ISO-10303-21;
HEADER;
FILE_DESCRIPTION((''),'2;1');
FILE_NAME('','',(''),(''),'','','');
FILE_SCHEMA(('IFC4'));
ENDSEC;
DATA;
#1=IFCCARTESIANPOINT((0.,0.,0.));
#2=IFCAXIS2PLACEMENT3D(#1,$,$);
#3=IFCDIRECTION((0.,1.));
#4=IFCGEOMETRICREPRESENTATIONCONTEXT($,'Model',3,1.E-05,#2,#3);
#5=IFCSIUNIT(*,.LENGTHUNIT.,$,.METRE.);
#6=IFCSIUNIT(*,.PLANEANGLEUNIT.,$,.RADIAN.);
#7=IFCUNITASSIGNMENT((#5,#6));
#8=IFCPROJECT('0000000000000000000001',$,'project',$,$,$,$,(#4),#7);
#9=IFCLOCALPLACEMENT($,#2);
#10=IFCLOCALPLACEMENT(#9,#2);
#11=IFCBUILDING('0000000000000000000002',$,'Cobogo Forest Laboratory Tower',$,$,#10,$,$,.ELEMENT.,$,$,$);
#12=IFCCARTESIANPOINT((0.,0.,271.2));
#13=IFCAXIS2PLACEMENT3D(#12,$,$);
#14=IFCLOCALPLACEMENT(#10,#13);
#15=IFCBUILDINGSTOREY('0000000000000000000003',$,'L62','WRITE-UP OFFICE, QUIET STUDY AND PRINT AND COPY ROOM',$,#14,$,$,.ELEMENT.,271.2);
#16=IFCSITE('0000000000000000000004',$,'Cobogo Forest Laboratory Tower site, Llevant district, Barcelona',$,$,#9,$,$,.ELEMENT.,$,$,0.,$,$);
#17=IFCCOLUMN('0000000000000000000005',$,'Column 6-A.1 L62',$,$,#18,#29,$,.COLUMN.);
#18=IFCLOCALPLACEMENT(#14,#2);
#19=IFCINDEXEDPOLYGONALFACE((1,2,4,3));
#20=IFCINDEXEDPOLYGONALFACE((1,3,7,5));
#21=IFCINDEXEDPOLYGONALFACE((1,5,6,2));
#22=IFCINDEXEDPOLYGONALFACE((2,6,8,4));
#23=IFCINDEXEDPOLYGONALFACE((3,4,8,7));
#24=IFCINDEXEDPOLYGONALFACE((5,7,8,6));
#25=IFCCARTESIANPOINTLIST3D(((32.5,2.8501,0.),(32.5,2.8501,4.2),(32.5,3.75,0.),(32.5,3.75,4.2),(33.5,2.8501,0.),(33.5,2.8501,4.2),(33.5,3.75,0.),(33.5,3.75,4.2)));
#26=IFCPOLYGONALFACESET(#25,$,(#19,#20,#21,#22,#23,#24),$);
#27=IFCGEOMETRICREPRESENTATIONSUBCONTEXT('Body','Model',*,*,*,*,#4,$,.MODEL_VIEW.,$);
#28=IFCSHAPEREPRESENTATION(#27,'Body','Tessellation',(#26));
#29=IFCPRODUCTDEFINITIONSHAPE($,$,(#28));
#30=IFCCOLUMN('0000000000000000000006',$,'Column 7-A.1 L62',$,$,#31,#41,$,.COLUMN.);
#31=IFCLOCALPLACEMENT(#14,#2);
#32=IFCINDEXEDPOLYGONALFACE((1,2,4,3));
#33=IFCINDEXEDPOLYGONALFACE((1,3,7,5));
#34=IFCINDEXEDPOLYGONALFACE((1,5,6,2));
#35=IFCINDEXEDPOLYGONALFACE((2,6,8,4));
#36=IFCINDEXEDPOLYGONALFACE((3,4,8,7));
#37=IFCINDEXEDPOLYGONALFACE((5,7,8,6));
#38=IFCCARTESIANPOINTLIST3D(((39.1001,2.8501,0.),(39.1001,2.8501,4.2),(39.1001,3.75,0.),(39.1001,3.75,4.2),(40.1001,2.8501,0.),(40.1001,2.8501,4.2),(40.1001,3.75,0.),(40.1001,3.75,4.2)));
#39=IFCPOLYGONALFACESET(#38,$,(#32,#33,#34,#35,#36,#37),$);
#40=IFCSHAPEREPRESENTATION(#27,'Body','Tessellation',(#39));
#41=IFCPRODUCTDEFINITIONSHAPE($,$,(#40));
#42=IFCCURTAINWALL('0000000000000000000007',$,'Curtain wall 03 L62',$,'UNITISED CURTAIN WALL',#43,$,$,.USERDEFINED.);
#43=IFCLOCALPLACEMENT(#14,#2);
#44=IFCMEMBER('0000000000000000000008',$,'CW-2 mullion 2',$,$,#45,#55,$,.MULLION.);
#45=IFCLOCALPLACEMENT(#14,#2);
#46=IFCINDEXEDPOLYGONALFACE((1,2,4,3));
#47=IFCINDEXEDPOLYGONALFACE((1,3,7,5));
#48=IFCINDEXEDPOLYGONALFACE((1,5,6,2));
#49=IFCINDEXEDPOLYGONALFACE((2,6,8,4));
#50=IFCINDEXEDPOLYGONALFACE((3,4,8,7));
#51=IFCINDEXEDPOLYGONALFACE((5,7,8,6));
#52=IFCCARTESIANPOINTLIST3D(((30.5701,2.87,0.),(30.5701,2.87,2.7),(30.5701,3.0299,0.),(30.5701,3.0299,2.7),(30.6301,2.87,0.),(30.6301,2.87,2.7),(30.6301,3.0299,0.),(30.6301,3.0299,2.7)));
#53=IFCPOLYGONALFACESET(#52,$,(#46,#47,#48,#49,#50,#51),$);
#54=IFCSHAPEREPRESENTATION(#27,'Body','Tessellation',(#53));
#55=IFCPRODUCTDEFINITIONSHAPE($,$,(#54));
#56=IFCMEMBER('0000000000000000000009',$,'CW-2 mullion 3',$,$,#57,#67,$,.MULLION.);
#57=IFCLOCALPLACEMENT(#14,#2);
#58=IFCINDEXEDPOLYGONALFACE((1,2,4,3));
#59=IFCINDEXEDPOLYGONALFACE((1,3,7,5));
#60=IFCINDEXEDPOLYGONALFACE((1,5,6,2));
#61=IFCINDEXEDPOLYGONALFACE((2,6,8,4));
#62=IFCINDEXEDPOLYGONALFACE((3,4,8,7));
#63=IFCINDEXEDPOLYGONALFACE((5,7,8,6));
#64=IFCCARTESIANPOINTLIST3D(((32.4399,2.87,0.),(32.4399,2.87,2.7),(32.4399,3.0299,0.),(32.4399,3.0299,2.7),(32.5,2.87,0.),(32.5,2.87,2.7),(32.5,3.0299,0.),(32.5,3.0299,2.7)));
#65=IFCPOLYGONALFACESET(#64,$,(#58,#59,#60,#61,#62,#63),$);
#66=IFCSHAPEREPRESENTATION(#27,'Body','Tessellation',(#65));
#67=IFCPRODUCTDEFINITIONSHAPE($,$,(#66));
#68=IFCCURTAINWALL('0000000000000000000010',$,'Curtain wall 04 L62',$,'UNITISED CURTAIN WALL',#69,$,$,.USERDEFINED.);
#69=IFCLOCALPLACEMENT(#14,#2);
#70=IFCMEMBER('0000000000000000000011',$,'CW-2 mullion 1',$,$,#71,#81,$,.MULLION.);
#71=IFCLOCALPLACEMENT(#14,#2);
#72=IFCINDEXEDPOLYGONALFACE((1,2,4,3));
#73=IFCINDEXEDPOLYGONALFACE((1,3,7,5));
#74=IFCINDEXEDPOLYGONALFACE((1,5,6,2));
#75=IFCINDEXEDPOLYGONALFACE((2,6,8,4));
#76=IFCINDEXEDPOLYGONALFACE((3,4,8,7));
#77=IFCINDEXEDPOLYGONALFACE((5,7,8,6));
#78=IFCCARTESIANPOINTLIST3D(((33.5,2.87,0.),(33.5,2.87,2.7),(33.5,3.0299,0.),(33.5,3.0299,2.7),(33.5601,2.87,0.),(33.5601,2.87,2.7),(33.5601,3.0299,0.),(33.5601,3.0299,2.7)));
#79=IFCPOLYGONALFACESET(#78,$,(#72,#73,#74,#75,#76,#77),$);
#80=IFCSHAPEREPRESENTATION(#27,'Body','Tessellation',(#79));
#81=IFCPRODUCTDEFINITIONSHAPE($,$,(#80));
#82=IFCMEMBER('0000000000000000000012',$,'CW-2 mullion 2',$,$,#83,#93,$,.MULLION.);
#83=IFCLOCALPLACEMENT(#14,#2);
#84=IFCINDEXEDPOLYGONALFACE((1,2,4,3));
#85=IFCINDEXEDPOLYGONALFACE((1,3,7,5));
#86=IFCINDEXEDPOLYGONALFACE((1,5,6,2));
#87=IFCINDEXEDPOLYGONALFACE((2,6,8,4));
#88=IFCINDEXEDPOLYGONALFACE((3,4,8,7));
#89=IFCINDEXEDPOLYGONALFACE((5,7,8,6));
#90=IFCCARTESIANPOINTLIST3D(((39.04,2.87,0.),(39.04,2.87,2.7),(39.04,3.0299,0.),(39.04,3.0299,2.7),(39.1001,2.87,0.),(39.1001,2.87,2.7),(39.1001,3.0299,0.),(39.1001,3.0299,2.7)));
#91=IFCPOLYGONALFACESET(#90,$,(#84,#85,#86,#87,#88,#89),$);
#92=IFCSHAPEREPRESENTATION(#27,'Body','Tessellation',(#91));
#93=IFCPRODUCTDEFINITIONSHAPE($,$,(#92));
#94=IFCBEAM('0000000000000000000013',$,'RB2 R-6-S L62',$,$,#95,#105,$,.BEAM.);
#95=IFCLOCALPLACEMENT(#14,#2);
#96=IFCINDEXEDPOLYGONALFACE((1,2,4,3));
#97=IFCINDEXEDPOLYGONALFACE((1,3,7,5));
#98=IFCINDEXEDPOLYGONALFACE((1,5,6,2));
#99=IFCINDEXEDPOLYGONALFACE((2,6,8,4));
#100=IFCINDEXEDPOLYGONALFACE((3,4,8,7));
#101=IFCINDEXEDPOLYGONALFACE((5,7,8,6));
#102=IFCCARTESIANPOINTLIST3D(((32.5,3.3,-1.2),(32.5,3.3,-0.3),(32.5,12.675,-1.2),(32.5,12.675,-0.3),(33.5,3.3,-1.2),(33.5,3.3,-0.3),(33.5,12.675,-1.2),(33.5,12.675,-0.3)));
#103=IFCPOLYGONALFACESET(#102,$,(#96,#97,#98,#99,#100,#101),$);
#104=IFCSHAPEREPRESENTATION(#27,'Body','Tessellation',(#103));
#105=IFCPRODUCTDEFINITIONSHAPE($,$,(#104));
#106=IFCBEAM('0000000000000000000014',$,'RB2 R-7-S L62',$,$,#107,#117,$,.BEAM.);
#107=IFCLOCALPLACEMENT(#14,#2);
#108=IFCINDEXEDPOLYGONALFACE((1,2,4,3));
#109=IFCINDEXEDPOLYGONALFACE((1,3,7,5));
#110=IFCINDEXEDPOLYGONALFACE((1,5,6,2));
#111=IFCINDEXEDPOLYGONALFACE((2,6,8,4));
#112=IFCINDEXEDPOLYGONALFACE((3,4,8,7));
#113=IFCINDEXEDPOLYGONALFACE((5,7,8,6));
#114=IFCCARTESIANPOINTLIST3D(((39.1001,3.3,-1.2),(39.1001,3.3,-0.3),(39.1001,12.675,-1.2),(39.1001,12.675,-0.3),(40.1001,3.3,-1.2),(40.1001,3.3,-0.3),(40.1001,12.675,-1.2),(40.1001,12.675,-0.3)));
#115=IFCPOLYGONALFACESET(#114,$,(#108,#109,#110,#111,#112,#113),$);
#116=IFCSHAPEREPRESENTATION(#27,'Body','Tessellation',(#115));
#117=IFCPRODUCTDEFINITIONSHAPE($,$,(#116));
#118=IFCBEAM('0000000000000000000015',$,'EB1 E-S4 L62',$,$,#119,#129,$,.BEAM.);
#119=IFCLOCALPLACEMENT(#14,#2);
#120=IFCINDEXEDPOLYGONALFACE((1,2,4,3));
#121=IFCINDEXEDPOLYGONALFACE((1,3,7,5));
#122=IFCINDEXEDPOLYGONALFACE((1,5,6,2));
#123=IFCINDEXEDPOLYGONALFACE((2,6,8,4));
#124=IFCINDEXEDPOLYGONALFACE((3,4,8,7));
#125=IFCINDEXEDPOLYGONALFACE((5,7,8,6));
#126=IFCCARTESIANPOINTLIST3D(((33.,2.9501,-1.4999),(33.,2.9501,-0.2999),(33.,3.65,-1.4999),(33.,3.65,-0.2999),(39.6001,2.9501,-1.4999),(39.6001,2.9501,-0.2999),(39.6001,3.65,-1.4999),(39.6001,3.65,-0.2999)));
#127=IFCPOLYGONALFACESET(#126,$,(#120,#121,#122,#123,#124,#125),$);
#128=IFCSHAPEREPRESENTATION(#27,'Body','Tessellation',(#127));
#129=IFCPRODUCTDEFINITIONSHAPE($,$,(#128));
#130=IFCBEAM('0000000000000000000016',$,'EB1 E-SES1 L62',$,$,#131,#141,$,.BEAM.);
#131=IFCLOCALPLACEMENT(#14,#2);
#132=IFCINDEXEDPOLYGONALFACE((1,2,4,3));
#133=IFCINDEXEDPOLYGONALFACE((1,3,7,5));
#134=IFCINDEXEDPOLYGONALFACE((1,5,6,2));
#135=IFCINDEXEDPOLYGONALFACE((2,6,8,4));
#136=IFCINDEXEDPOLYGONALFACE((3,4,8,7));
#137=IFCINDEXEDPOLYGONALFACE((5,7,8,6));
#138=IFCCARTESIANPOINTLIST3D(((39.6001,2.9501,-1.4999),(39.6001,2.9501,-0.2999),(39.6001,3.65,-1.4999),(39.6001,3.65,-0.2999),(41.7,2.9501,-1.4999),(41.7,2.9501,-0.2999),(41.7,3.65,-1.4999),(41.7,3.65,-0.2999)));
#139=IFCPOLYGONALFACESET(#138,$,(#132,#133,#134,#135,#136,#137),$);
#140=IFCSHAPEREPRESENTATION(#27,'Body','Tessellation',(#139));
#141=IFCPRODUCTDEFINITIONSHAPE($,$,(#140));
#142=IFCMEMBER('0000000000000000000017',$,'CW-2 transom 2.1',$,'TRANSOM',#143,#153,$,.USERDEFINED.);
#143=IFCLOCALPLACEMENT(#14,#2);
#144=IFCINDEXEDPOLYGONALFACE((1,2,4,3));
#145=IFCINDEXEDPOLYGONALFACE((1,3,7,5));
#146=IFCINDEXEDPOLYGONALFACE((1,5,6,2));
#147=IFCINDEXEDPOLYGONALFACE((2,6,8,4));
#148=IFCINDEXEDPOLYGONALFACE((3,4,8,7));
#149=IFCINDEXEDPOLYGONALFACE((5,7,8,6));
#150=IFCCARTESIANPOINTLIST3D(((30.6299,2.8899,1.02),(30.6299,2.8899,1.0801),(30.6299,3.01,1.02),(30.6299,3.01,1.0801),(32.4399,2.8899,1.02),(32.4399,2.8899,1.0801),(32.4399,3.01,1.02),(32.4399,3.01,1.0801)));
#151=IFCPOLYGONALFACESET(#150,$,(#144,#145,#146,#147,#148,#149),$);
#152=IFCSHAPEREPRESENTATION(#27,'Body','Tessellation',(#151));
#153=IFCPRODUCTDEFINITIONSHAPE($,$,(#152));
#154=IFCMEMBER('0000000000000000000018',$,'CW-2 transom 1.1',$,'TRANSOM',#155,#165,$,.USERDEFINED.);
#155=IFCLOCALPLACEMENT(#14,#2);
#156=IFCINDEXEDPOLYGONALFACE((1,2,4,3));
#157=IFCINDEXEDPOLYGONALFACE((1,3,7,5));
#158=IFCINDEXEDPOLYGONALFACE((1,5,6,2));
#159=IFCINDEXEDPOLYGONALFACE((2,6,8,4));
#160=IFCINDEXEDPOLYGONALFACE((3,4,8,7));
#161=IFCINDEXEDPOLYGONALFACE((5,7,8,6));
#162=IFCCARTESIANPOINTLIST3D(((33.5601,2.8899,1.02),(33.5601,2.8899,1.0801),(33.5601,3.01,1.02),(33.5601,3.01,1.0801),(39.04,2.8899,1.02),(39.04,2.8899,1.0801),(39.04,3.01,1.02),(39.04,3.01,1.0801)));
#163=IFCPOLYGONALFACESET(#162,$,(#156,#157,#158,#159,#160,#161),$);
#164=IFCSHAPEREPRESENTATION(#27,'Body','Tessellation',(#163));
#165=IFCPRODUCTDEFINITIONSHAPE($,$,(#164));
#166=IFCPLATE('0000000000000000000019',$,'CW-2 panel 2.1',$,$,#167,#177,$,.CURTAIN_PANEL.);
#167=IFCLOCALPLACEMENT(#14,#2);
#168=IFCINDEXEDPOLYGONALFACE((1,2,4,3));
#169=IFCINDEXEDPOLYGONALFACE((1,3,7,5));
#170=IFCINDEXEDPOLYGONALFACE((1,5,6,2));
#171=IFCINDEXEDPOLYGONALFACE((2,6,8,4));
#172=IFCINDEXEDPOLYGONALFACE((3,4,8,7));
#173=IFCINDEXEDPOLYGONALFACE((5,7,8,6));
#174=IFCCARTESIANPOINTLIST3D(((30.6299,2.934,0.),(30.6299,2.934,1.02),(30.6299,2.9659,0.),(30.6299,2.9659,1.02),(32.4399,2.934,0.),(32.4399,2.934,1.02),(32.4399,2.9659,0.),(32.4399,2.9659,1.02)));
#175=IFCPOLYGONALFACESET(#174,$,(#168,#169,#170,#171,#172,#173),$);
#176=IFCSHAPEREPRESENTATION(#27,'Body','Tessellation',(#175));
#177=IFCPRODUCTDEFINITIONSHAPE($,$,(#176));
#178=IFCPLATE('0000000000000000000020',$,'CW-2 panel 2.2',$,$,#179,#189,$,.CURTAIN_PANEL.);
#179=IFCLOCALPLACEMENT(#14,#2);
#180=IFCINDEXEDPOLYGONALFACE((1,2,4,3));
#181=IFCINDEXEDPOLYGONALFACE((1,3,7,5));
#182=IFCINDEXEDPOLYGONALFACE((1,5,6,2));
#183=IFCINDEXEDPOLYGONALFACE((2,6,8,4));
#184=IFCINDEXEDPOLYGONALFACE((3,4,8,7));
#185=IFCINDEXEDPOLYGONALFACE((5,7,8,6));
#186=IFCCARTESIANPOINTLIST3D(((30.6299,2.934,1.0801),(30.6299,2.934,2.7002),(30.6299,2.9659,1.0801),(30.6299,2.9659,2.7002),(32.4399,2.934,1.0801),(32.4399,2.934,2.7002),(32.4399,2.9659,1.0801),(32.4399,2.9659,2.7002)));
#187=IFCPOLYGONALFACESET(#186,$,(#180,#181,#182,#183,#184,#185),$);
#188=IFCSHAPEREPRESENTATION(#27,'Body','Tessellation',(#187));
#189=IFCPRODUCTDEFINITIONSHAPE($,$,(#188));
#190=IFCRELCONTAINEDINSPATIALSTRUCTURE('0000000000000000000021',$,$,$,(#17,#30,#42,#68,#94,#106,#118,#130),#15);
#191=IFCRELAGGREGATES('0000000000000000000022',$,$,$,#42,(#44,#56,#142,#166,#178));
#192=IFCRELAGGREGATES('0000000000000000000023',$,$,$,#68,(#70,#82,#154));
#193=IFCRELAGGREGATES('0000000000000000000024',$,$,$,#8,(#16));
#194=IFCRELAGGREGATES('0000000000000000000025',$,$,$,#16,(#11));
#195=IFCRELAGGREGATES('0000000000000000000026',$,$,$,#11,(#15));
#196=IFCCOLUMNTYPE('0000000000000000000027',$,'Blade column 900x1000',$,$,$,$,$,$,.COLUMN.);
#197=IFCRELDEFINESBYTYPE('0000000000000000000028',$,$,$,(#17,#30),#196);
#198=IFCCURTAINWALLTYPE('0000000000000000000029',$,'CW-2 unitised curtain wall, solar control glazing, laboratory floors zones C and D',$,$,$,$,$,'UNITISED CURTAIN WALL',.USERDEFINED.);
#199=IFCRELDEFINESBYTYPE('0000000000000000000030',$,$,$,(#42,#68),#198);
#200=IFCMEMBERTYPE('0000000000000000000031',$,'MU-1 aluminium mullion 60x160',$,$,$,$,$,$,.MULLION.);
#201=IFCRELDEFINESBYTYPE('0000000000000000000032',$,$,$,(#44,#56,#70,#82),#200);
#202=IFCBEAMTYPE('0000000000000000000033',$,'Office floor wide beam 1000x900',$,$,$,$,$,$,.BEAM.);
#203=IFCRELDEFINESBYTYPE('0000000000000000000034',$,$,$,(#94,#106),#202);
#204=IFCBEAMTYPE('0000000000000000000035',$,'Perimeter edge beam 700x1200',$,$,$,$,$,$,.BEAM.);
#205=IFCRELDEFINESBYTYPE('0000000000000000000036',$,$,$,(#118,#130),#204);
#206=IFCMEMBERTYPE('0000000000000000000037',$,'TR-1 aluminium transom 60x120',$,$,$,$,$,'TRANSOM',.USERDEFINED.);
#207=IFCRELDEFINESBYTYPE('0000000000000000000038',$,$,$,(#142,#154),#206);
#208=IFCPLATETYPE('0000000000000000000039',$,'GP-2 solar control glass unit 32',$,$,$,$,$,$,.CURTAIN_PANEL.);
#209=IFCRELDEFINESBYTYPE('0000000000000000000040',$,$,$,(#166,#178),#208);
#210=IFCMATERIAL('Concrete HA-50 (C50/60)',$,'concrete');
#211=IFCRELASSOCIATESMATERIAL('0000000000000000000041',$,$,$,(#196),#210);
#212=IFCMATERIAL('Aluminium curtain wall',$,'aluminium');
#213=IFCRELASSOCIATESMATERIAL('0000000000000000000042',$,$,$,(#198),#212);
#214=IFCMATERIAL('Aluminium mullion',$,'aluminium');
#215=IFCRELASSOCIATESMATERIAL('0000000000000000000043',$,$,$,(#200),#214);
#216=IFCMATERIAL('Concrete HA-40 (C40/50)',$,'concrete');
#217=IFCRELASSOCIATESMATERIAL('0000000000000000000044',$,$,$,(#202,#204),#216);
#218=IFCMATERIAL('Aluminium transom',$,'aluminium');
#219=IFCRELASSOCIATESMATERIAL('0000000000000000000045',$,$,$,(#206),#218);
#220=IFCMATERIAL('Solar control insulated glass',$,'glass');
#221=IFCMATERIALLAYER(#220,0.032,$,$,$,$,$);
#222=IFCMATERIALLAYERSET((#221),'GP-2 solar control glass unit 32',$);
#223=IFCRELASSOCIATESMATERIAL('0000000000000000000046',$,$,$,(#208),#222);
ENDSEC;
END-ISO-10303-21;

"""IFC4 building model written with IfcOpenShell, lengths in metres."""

from ifc_helpers import new_model, si_unit, direction, frame, origin, origin_2d, place, context, subcontext, project, spatial, rectangle, extrude, material, layer, layer_set, material_profile, profile_set, type_object, element, aggregate, save


model = new_model("IFC4")

# Units and contexts
model_context = context("Model", 3, precision=1e-05, world=origin(), true_north=direction((0.0, 1.0)))
body_context = subcontext(model_context, "Body", "Model", "MODEL_VIEW")
ifc_project = project(units=[si_unit("LENGTHUNIT", "METRE"), si_unit("PLANEANGLEUNIT", "RADIAN")], contexts=[model_context])

# Site, building, storey
site_placement = place(None, origin())
site = spatial("IfcSite", under=ifc_project, at=site_placement, Name="Cobogo Forest Laboratory Tower site, Llevant district, Barcelona", CompositionType="ELEMENT", RefElevation=0.0)
building_placement = place(site_placement, origin())
building = spatial("IfcBuilding", under=site, at=building_placement, Name="Cobogo Forest Laboratory Tower", CompositionType="ELEMENT")
storey_placement = place(building_placement, frame((0.0, 0.0, 271.2)))
storey = spatial("IfcBuildingStorey", under=building, at=storey_placement, Name="L62", Description="WRITE-UP OFFICE, QUIET STUDY AND PRINT AND COPY ROOM", CompositionType="ELEMENT", Elevation=271.2)

# Columns
ifc_material_1 = material(Name="Concrete HA-50 (C50/60)", Category="concrete")
ifc_material_profile_1 = material_profile(ifc_material_1, rectangle(XDim=1.0, YDim=0.8999, at=origin_2d()), Name="RC 900x1000")
ifc_profile_set_1 = profile_set([ifc_material_profile_1], Name="Concrete HA-50 (C50/60)")
column_type = type_object("IfcColumnType", Name="Blade column 900x1000", PredefinedType="COLUMN", material=ifc_profile_set_1)
for number, where, z_axis, x_axis, name in (
    (1, (33.0, 3.3, 0.0), (0.0, 0.0, 1.0), (1.0, 0.0, 0.0), "Column 6-A.1 L62"),
    (2, (39.6001, 3.3, 0.0), (0.0, 0.0, 1.0), (1.0, 0.0, 0.0), "Column 7-A.1 L62"),
):
    element("IfcColumn", number, at=place(storey_placement, frame(where, z_axis=z_axis, x_axis=x_axis)), inside=storey, type_object=column_type, Name=name, PredefinedType="COLUMN", context=body_context, shape_type="SweptSolid", body=[
        extrude(rectangle(XDim=1.0, YDim=0.8999, at=origin_2d()), origin(), (0.0, 0.0, 1.0), 4.2),
    ])

# Curtain walls, members
ifc_material_2 = material(Name="Aluminium curtain wall", Category="aluminium")
curtain_wall_type = type_object("IfcCurtainWallType", Name="CW-2 unitised curtain wall, solar control glazing, laboratory floors zones C and D", ElementType="UNITISED CURTAIN WALL", PredefinedType="USERDEFINED", material=ifc_material_2)
curtain_wall_1_placement = place(storey_placement, origin())
curtain_wall_1 = element("IfcCurtainWall", 3, at=curtain_wall_1_placement, inside=storey, type_object=curtain_wall_type, Name="Curtain wall 03 L62", ObjectType="UNITISED CURTAIN WALL", PredefinedType="USERDEFINED")
ifc_material_3 = material(Name="Aluminium mullion", Category="aluminium")
ifc_material_profile_2 = material_profile(ifc_material_3, rectangle(XDim=0.0601, YDim=0.1599, at=origin_2d()), Name="AL 60x160")
ifc_profile_set_2 = profile_set([ifc_material_profile_2], Name="Aluminium mullion")
member_type_1 = type_object("IfcMemberType", Name="MU-1 aluminium mullion 60x160", PredefinedType="MULLION", material=ifc_profile_set_2)
member_1_placement = place(storey_placement, frame((30.6001, 2.95, 0.0), z_axis=(0.0, 0.0, 1.0), x_axis=(1.0, 0.0, 0.0)))
member_1 = element("IfcMember", 4, at=member_1_placement, type_object=member_type_1, Name="CW-2 mullion 2", PredefinedType="MULLION", context=body_context, shape_type="SweptSolid", body=[
    extrude(rectangle(XDim=0.0601, YDim=0.1599, at=origin_2d()), origin(), (0.0, 0.0, 1.0), 2.7),
])
member_2_placement = place(storey_placement, frame((32.47, 2.95, 0.0), z_axis=(0.0, 0.0, 1.0), x_axis=(1.0, 0.0, 0.0)))
member_2 = element("IfcMember", 5, at=member_2_placement, type_object=member_type_1, Name="CW-2 mullion 3", PredefinedType="MULLION", context=body_context, shape_type="SweptSolid", body=[
    extrude(rectangle(XDim=0.0601, YDim=0.1599, at=origin_2d()), origin(), (0.0, 0.0, 1.0), 2.7),
])
curtain_wall_2_placement = place(storey_placement, origin())
curtain_wall_2 = element("IfcCurtainWall", 6, at=curtain_wall_2_placement, inside=storey, type_object=curtain_wall_type, Name="Curtain wall 04 L62", ObjectType="UNITISED CURTAIN WALL", PredefinedType="USERDEFINED")
member_3_placement = place(storey_placement, frame((33.53, 2.95, 0.0), z_axis=(0.0, 0.0, 1.0), x_axis=(1.0, 0.0, 0.0)))
member_3 = element("IfcMember", 7, at=member_3_placement, type_object=member_type_1, Name="CW-2 mullion 1", PredefinedType="MULLION", context=body_context, shape_type="SweptSolid", body=[
    extrude(rectangle(XDim=0.0601, YDim=0.1599, at=origin_2d()), origin(), (0.0, 0.0, 1.0), 2.7),
])
member_4_placement = place(storey_placement, frame((39.0701, 2.95, 0.0), z_axis=(0.0, 0.0, 1.0), x_axis=(1.0, 0.0, 0.0)))
member_4 = element("IfcMember", 8, at=member_4_placement, type_object=member_type_1, Name="CW-2 mullion 2", PredefinedType="MULLION", context=body_context, shape_type="SweptSolid", body=[
    extrude(rectangle(XDim=0.0601, YDim=0.1599, at=origin_2d()), origin(), (0.0, 0.0, 1.0), 2.7),
])

# Beams
ifc_material_4 = material(Name="Concrete HA-40 (C40/50)", Category="concrete")
ifc_material_profile_3 = material_profile(ifc_material_4, rectangle(XDim=1.0, YDim=0.8999, at=origin_2d()), Name="RC 1000x900")
ifc_profile_set_3 = profile_set([ifc_material_profile_3], Name="Concrete HA-40 (C40/50)")
beam_type_1 = type_object("IfcBeamType", Name="Office floor wide beam 1000x900", PredefinedType="BEAM", material=ifc_profile_set_3)
for number, where, z_axis, x_axis, name in (
    (9, (33.0, 12.675, -0.75), (0.0, -1.0, 0.0), (1.0, 0.0, 0.0), "RB2 R-6-S L62"),
    (10, (39.6001, 12.675, -0.75), (0.0, -1.0, 0.0), (1.0, 0.0, 0.0), "RB2 R-7-S L62"),
):
    element("IfcBeam", number, at=place(storey_placement, frame(where, z_axis=z_axis, x_axis=x_axis)), inside=storey, type_object=beam_type_1, Name=name, PredefinedType="BEAM", context=body_context, shape_type="SweptSolid", body=[
        extrude(rectangle(XDim=1.0, YDim=0.8999, at=origin_2d()), origin(), (0.0, 0.0, 1.0), 9.375),
    ])
ifc_material_profile_4 = material_profile(ifc_material_4, rectangle(XDim=0.7, YDim=1.2, at=origin_2d()), Name="RC 700x1200")
ifc_profile_set_4 = profile_set([ifc_material_profile_4], Name="Concrete HA-40 (C40/50)")
beam_type_2 = type_object("IfcBeamType", Name="Perimeter edge beam 700x1200", PredefinedType="BEAM", material=ifc_profile_set_4)
beam_1_placement = place(storey_placement, frame((33.0, 3.3, -0.8999), z_axis=(1.0, 0.0, 0.0), x_axis=(0.0, 1.0, 0.0)))
element("IfcBeam", 11, at=beam_1_placement, inside=storey, type_object=beam_type_2, Name="EB1 E-S4 L62", PredefinedType="BEAM", context=body_context, shape_type="SweptSolid", body=[
    extrude(rectangle(XDim=0.7, YDim=1.2, at=origin_2d()), origin(), (0.0, 0.0, 1.0), 6.6001),
])
beam_2_placement = place(storey_placement, frame((39.6001, 3.3, -0.8999), z_axis=(1.0, 0.0, 0.0), x_axis=(0.0, 1.0, 0.0)))
element("IfcBeam", 12, at=beam_2_placement, inside=storey, type_object=beam_type_2, Name="EB1 E-SES1 L62", PredefinedType="BEAM", context=body_context, shape_type="SweptSolid", body=[
    extrude(rectangle(XDim=0.7, YDim=1.2, at=origin_2d()), origin(), (0.0, 0.0, 1.0), 2.0999),
])

# Members
ifc_material_5 = material(Name="Aluminium transom", Category="aluminium")
ifc_material_profile_5 = material_profile(ifc_material_5, rectangle(XDim=0.1201, YDim=0.0601, at=origin_2d()), Name="AL 60x120")
ifc_profile_set_5 = profile_set([ifc_material_profile_5], Name="Aluminium transom")
member_type_2 = type_object("IfcMemberType", Name="TR-1 aluminium transom 60x120", ElementType="TRANSOM", PredefinedType="USERDEFINED", material=ifc_profile_set_5)
member_5_placement = place(storey_placement, frame((30.6299, 2.95, 1.05), z_axis=(1.0, 0.0, 0.0), x_axis=(0.0, 1.0, 0.0)))
member_5 = element("IfcMember", 13, at=member_5_placement, type_object=member_type_2, Name="CW-2 transom 2.1", ObjectType="TRANSOM", PredefinedType="USERDEFINED", context=body_context, shape_type="SweptSolid", body=[
    extrude(rectangle(XDim=0.1201, YDim=0.0601, at=origin_2d()), origin(), (0.0, 0.0, 1.0), 1.8101),
])
member_6_placement = place(storey_placement, frame((33.5601, 2.95, 1.05), z_axis=(1.0, 0.0, 0.0), x_axis=(0.0, 1.0, 0.0)))
member_6 = element("IfcMember", 14, at=member_6_placement, type_object=member_type_2, Name="CW-2 transom 1.1", ObjectType="TRANSOM", PredefinedType="USERDEFINED", context=body_context, shape_type="SweptSolid", body=[
    extrude(rectangle(XDim=0.1201, YDim=0.0601, at=origin_2d()), origin(), (0.0, 0.0, 1.0), 5.48),
])

# Plates
ifc_material_6 = material(Name="Solar control insulated glass", Category="glass")
ifc_layer_1 = layer(ifc_material_6, 0.032)
ifc_layer_set_1 = layer_set([ifc_layer_1], Name="GP-2 solar control glass unit 32")
plate_type_1 = type_object("IfcPlateType", Name="GP-2 solar control glass unit 32", PredefinedType="CURTAIN_PANEL", material=ifc_layer_set_1)
plate_1_placement = place(storey_placement, frame((31.5349, 2.95, 0.0), z_axis=(0.0, 0.0, 1.0), x_axis=(1.0, 0.0, 0.0)))
plate_1 = element("IfcPlate", 15, at=plate_1_placement, type_object=plate_type_1, Name="CW-2 panel 2.1", PredefinedType="CURTAIN_PANEL", context=body_context, shape_type="SweptSolid", body=[
    extrude(rectangle(XDim=1.8101, YDim=0.032, at=origin_2d()), origin(), (0.0, 0.0, 1.0), 1.02),
])
plate_2_placement = place(storey_placement, frame((31.5349, 2.95, 1.0801), z_axis=(0.0, 0.0, 1.0), x_axis=(1.0, 0.0, 0.0)))
plate_2 = element("IfcPlate", 16, at=plate_2_placement, type_object=plate_type_1, Name="CW-2 panel 2.2", PredefinedType="CURTAIN_PANEL", context=body_context, shape_type="SweptSolid", body=[
    extrude(rectangle(XDim=1.8101, YDim=0.032, at=origin_2d()), origin(), (0.0, 0.0, 1.0), 1.6201),
])
aggregate(curtain_wall_1, [member_1, member_2, member_5, plate_1, plate_2])
aggregate(curtain_wall_2, [member_3, member_4, member_6])

save(model, "model.ifc")
